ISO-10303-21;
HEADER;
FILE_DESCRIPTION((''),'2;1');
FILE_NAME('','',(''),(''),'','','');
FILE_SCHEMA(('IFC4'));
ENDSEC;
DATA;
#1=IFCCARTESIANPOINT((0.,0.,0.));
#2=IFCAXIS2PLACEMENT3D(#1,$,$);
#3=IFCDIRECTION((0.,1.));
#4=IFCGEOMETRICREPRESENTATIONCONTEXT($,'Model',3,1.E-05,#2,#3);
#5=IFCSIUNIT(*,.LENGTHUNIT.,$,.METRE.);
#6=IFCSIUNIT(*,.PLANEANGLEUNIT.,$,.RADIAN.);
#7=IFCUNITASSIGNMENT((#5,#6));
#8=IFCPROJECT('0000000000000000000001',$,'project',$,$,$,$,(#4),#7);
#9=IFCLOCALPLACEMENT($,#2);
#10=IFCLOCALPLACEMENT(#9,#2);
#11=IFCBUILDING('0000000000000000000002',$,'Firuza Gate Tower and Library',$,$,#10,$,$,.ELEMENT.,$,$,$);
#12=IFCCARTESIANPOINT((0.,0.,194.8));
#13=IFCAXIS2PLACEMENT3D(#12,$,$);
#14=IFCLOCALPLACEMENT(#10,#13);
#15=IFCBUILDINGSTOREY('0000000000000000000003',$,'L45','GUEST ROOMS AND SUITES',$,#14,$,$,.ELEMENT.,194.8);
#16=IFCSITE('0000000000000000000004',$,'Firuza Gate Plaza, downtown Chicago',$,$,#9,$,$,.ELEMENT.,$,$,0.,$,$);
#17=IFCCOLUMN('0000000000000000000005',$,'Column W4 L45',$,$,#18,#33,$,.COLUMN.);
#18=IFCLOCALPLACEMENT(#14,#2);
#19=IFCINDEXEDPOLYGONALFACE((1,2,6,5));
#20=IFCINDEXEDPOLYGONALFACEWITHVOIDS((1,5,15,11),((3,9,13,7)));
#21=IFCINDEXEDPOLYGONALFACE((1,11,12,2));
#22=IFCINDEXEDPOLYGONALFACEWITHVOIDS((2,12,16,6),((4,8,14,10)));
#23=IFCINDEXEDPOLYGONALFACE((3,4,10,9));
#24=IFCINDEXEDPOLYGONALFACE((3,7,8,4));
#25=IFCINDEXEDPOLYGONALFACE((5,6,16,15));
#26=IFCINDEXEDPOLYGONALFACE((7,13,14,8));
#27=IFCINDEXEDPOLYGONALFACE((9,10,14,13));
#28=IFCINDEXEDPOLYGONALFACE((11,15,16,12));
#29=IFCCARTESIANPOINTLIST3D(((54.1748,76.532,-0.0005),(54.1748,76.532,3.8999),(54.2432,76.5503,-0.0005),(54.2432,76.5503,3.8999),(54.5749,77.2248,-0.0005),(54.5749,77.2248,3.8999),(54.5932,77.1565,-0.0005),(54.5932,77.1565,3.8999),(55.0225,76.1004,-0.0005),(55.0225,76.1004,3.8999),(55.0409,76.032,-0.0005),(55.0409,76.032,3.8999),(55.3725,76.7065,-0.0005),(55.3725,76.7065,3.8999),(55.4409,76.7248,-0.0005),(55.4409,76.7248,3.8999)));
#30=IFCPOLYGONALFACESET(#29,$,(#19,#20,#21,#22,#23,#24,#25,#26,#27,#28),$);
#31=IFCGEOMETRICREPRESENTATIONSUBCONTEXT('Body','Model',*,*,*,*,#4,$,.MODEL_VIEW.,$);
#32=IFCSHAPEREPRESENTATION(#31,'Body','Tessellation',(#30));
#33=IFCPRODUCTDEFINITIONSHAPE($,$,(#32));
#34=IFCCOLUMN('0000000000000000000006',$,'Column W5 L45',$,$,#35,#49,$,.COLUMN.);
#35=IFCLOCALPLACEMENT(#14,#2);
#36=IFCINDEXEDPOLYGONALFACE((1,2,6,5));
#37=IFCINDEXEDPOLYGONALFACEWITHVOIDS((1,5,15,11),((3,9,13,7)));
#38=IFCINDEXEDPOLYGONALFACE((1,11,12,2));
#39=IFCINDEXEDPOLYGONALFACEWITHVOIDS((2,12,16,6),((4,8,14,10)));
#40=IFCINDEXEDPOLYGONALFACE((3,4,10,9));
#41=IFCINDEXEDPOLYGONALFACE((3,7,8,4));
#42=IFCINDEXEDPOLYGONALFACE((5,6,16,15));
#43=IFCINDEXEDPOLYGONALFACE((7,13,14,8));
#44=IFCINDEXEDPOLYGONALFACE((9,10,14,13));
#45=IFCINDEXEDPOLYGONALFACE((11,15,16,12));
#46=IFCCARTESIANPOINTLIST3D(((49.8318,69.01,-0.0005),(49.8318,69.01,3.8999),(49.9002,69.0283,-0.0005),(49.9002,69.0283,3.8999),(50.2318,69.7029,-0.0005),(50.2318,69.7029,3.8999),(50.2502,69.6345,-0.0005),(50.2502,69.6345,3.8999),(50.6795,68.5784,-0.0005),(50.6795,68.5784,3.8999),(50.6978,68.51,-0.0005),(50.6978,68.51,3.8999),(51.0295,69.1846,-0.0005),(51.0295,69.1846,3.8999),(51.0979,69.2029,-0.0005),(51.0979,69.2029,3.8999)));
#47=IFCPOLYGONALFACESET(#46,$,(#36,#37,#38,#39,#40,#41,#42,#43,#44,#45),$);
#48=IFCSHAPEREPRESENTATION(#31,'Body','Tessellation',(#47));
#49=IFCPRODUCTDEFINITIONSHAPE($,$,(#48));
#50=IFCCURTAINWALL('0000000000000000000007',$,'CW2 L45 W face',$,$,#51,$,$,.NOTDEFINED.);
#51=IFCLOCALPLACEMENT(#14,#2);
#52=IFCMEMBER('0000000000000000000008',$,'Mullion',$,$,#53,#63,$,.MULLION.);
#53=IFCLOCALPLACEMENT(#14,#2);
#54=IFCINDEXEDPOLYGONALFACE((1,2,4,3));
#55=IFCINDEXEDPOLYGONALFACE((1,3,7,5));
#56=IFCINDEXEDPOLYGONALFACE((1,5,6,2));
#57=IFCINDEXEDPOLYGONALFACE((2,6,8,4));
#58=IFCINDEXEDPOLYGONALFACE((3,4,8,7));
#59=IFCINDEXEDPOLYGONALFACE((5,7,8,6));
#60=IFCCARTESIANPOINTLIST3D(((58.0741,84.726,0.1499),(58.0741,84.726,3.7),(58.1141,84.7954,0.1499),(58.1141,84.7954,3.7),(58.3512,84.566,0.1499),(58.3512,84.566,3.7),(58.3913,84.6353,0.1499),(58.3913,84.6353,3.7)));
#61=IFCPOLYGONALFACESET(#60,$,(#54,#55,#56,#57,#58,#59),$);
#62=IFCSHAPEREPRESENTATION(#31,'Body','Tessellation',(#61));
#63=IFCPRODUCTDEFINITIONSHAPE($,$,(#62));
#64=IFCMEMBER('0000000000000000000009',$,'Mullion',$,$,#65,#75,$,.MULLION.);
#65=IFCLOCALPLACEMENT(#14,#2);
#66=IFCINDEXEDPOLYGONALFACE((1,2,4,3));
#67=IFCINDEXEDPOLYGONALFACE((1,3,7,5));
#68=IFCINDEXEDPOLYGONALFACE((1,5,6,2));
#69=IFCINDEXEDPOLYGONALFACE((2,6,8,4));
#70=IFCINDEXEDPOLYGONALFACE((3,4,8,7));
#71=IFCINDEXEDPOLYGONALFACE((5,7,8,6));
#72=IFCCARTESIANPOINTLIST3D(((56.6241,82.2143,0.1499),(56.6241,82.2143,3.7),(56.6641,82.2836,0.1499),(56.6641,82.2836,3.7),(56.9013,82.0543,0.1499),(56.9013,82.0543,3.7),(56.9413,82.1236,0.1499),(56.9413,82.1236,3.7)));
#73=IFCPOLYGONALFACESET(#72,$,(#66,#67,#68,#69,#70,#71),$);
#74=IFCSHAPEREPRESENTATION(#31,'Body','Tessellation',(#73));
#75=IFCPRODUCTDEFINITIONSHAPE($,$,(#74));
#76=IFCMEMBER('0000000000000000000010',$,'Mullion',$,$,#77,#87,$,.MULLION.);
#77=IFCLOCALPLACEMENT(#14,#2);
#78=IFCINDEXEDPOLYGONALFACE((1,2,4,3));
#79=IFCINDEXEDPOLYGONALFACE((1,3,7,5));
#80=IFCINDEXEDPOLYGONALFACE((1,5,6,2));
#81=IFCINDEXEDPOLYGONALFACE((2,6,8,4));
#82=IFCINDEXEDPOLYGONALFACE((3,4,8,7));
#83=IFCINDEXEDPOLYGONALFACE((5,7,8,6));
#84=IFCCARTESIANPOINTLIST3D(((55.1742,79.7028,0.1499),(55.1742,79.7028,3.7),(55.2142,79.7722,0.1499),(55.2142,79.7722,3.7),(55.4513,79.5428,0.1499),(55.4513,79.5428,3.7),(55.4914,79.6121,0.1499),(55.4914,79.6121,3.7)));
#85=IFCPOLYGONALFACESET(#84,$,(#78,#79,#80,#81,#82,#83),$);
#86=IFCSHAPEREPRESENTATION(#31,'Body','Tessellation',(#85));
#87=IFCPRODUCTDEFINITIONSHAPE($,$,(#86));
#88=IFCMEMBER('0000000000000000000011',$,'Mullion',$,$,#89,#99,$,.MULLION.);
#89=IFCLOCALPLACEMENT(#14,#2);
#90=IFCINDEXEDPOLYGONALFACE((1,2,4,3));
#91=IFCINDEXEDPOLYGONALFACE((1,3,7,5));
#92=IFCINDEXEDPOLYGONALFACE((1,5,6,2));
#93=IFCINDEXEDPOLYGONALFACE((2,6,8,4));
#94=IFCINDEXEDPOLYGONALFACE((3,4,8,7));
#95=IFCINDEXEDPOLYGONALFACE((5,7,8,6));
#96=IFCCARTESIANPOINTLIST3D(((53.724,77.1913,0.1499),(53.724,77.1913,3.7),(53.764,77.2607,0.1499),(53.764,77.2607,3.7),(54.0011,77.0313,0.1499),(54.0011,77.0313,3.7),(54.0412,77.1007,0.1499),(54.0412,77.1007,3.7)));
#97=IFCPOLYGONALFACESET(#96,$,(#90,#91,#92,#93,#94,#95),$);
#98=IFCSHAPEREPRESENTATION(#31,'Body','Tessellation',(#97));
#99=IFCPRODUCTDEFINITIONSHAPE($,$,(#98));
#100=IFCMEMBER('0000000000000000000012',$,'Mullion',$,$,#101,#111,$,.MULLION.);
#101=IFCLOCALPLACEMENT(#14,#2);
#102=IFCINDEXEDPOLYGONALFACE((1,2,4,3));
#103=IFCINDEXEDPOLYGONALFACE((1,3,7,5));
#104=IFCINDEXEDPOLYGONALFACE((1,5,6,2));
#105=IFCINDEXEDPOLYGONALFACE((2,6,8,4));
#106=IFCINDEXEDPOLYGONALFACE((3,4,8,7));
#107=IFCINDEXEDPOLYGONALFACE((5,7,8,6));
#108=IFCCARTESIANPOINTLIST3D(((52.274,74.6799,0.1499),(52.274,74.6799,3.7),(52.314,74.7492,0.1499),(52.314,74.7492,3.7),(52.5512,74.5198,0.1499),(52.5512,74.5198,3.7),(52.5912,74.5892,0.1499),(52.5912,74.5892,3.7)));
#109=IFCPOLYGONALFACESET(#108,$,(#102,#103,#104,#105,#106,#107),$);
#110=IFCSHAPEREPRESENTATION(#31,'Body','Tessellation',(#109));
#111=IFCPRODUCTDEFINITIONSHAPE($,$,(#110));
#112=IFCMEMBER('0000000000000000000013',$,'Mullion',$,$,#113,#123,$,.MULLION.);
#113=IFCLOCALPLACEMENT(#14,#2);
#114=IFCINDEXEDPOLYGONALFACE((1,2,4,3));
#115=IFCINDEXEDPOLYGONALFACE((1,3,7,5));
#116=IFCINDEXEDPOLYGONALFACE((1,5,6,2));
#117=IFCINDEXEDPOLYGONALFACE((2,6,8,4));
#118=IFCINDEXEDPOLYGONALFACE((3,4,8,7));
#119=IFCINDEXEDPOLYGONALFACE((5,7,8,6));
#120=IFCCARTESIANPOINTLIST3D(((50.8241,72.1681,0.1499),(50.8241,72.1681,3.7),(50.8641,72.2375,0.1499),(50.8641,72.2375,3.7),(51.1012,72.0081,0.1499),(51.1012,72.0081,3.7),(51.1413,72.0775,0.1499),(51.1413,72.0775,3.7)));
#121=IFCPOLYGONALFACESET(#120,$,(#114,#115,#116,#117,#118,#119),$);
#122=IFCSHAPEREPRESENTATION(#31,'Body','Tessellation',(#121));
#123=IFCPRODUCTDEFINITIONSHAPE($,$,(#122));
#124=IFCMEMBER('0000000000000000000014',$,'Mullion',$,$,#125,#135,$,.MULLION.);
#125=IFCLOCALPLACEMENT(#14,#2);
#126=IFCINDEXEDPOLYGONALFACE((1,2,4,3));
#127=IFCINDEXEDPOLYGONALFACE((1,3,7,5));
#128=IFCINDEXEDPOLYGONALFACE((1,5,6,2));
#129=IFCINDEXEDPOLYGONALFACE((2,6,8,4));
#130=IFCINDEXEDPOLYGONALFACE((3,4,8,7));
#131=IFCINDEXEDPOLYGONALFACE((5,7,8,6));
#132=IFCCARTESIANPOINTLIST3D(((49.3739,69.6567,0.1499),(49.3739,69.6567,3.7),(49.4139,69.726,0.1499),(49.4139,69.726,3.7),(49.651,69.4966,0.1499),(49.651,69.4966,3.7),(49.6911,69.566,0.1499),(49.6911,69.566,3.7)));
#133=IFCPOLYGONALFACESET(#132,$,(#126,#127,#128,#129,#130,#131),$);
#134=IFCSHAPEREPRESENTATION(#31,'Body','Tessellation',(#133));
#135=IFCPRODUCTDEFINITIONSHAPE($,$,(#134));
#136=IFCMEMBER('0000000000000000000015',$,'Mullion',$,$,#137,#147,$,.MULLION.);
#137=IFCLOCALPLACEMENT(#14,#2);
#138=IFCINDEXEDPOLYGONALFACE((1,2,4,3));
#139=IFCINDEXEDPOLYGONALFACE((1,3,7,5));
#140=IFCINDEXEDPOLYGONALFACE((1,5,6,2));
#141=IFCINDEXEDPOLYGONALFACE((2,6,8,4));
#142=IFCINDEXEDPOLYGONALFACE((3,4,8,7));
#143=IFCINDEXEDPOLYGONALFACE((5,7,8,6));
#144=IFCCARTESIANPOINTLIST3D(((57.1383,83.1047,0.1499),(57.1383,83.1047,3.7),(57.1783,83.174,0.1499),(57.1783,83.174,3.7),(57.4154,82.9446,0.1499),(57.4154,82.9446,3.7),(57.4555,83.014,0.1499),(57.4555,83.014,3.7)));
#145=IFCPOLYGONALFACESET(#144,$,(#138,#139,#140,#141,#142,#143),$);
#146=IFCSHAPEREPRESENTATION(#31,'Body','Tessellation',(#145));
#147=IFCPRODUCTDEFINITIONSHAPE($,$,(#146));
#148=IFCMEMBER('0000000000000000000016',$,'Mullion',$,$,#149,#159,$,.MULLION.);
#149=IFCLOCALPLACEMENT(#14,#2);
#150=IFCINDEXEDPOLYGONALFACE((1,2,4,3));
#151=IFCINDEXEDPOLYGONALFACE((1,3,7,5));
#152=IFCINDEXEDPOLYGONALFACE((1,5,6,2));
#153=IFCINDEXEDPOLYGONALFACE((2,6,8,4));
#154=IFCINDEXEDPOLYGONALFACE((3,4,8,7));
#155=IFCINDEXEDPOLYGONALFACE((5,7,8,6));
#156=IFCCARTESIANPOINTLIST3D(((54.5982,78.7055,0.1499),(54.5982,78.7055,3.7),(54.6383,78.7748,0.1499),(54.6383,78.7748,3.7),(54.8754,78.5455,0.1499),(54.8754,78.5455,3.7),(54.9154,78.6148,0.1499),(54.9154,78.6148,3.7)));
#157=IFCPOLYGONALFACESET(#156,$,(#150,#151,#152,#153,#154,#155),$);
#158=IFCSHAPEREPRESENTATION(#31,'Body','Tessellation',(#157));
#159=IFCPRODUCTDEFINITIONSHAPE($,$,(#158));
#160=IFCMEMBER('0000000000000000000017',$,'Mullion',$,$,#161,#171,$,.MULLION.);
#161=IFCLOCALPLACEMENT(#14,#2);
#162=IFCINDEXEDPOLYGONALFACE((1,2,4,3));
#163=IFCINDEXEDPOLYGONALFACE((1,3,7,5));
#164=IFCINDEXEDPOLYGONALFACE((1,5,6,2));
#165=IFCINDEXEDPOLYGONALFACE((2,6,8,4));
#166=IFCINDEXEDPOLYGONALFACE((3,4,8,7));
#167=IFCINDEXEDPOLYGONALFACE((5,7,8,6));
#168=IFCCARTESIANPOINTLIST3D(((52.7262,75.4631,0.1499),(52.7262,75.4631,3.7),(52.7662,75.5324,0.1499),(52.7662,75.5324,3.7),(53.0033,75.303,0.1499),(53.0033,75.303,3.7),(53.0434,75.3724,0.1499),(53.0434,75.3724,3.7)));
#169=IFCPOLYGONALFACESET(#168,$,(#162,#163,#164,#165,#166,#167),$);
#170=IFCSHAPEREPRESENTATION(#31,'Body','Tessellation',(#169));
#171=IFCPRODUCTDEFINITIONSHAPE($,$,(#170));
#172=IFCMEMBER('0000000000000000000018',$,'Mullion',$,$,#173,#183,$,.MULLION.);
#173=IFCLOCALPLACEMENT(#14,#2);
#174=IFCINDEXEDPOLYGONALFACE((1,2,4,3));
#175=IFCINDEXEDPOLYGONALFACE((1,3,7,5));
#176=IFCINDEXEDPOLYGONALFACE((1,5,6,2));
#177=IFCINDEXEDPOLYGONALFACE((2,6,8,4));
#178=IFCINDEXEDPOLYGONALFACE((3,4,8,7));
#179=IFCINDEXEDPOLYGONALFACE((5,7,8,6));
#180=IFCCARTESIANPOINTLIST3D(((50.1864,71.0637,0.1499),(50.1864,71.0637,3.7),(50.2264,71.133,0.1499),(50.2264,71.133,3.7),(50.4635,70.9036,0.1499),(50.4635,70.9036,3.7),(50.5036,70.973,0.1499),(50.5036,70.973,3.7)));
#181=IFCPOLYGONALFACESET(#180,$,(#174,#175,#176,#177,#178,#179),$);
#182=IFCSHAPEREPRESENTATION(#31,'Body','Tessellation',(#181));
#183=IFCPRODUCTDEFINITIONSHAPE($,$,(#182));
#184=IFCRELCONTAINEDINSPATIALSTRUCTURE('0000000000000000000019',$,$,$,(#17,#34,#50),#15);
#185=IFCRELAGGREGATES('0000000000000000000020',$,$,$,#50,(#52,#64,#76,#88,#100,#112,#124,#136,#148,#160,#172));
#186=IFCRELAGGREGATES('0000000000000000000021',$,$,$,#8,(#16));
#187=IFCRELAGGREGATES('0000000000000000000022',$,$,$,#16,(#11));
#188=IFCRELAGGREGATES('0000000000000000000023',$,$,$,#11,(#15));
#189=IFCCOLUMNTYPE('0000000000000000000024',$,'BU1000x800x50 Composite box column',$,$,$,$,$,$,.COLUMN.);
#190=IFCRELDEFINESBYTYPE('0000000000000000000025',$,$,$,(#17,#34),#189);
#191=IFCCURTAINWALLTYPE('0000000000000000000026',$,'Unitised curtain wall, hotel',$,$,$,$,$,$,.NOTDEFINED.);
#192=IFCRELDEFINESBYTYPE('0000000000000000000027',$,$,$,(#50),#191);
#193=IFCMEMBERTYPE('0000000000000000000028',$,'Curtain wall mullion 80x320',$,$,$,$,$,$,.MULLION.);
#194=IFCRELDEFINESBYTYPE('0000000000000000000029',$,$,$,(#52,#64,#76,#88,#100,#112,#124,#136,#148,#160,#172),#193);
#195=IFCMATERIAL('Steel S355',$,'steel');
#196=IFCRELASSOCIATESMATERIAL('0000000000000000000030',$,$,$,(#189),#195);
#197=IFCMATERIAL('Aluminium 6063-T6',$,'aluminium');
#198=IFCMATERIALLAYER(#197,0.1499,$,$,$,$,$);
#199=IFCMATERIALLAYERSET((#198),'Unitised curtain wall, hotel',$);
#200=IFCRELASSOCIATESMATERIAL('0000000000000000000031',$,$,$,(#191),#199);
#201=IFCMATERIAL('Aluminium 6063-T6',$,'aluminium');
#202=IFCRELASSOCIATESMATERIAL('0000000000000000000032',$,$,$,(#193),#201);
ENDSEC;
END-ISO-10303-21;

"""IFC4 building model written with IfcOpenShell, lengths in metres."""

from ifc_helpers import new_model, si_unit, direction, frame, origin, origin_2d, place, context, subcontext, project, spatial, rectangle, hollow_rectangle, extrude, material, layer, layer_set, material_profile, profile_set, type_object, element, aggregate, save


model = new_model("IFC4")

# Units and contexts
model_context = context("Model", 3, precision=1e-05, world=origin(), true_north=direction((0.0, 1.0)))
body_context = subcontext(model_context, "Body", "Model", "MODEL_VIEW")
ifc_project = project(units=[si_unit("LENGTHUNIT", "METRE"), si_unit("PLANEANGLEUNIT", "RADIAN")], contexts=[model_context])

# Site, building, storey
site_placement = place(None, origin())
site = spatial("IfcSite", under=ifc_project, at=site_placement, Name="Firuza Gate Plaza, downtown Chicago", CompositionType="ELEMENT", RefElevation=0.0)
building_placement = place(site_placement, origin())
building = spatial("IfcBuilding", under=site, at=building_placement, Name="Firuza Gate Tower and Library", CompositionType="ELEMENT")
storey_placement = place(building_placement, frame((0.0, 0.0, 194.8)))
storey = spatial("IfcBuildingStorey", under=building, at=storey_placement, Name="L45", Description="GUEST ROOMS AND SUITES", CompositionType="ELEMENT", Elevation=194.8)

# Columns
ifc_material_1 = material(Name="Steel S355", Category="steel")
ifc_material_profile_1 = material_profile(ifc_material_1, hollow_rectangle(XDim=0.8, YDim=1.0, WallThickness=0.05, at=origin_2d()))
ifc_profile_set_1 = profile_set([ifc_material_profile_1], Name="Steel S355")
column_type = type_object("IfcColumnType", Name="BU1000x800x50 Composite box column", PredefinedType="COLUMN", material=ifc_profile_set_1)
for number, where, z_axis, x_axis, name in (
    (1, (54.8079, 76.6284, -0.0005), (0.0, 0.0, 1.0), (-0.5, -0.866025, 0.0), "Column W4 L45"),
    (2, (50.4648, 69.1064, -0.0005), (0.0, 0.0, 1.0), (-0.5, -0.866025, 0.0), "Column W5 L45"),
):
    element("IfcColumn", number, at=place(storey_placement, frame(where, z_axis=z_axis, x_axis=x_axis)), inside=storey, type_object=column_type, Name=name, PredefinedType="COLUMN", context=body_context, shape_type="SweptSolid", body=[
        extrude(hollow_rectangle(XDim=0.8, YDim=1.0, WallThickness=0.05, at=origin_2d()), origin(), (0.0, 0.0, 1.0), 3.9004),
    ])

# Curtain wall, members
ifc_material_2 = material(Name="Aluminium 6063-T6", Category="aluminium")
ifc_layer_1 = layer(ifc_material_2, 0.1499)
ifc_layer_set_1 = layer_set([ifc_layer_1], Name="Unitised curtain wall, hotel")
curtain_wall_type = type_object("IfcCurtainWallType", Name="Unitised curtain wall, hotel", PredefinedType="NOTDEFINED", material=ifc_layer_set_1)
curtain_wall_placement = place(storey_placement, origin())
curtain_wall = element("IfcCurtainWall", 3, at=curtain_wall_placement, inside=storey, type_object=curtain_wall_type, Name="CW2 L45 W face", PredefinedType="NOTDEFINED")
ifc_material_3 = material(Name="Aluminium 6063-T6", Category="aluminium")
ifc_material_profile_2 = material_profile(ifc_material_3, rectangle(XDim=0.3201, YDim=0.0801, at=origin_2d()))
ifc_profile_set_2 = profile_set([ifc_material_profile_2], Name="Aluminium 6063-T6")
member_type = type_object("IfcMemberType", Name="Curtain wall mullion 80x320", PredefinedType="MULLION", material=ifc_profile_set_2)
member_1_placement = place(storey_placement, frame((58.2327, 84.6807, 0.1499), z_axis=(0.0, 0.0, 1.0), x_axis=(0.866025, -0.5, 0.0)))
member_1 = element("IfcMember", 4, at=member_1_placement, type_object=member_type, Name="Mullion", PredefinedType="MULLION", context=body_context, shape_type="SweptSolid", body=[
    extrude(rectangle(XDim=0.3201, YDim=0.0801, at=origin_2d()), origin(), (0.0, 0.0, 1.0), 3.55),
])
member_2_placement = place(storey_placement, frame((56.7827, 82.1689, 0.1499), z_axis=(0.0, 0.0, 1.0), x_axis=(0.866025, -0.5, 0.0)))
member_2 = element("IfcMember", 5, at=member_2_placement, type_object=member_type, Name="Mullion", PredefinedType="MULLION", context=body_context, shape_type="SweptSolid", body=[
    extrude(rectangle(XDim=0.3201, YDim=0.0801, at=origin_2d()), origin(), (0.0, 0.0, 1.0), 3.55),
])
member_3_placement = place(storey_placement, frame((55.3328, 79.6575, 0.1499), z_axis=(0.0, 0.0, 1.0), x_axis=(0.866025, -0.5, 0.0)))
member_3 = element("IfcMember", 6, at=member_3_placement, type_object=member_type, Name="Mullion", PredefinedType="MULLION", context=body_context, shape_type="SweptSolid", body=[
    extrude(rectangle(XDim=0.3201, YDim=0.0801, at=origin_2d()), origin(), (0.0, 0.0, 1.0), 3.55),
])
member_4_placement = place(storey_placement, frame((53.8826, 77.146, 0.1499), z_axis=(0.0, 0.0, 1.0), x_axis=(0.866025, -0.5, 0.0)))
member_4 = element("IfcMember", 7, at=member_4_placement, type_object=member_type, Name="Mullion", PredefinedType="MULLION", context=body_context, shape_type="SweptSolid", body=[
    extrude(rectangle(XDim=0.3201, YDim=0.0801, at=origin_2d()), origin(), (0.0, 0.0, 1.0), 3.55),
])
member_5_placement = place(storey_placement, frame((52.4326, 74.6345, 0.1499), z_axis=(0.0, 0.0, 1.0), x_axis=(0.866025, -0.5, 0.0)))
member_5 = element("IfcMember", 8, at=member_5_placement, type_object=member_type, Name="Mullion", PredefinedType="MULLION", context=body_context, shape_type="SweptSolid", body=[
    extrude(rectangle(XDim=0.3201, YDim=0.0801, at=origin_2d()), origin(), (0.0, 0.0, 1.0), 3.55),
])
member_6_placement = place(storey_placement, frame((50.9827, 72.1228, 0.1499), z_axis=(0.0, 0.0, 1.0), x_axis=(0.866025, -0.5, 0.0)))
member_6 = element("IfcMember", 9, at=member_6_placement, type_object=member_type, Name="Mullion", PredefinedType="MULLION", context=body_context, shape_type="SweptSolid", body=[
    extrude(rectangle(XDim=0.3201, YDim=0.0801, at=origin_2d()), origin(), (0.0, 0.0, 1.0), 3.55),
])
member_7_placement = place(storey_placement, frame((49.5325, 69.6113, 0.1499), z_axis=(0.0, 0.0, 1.0), x_axis=(0.866025, -0.5, 0.0)))
member_7 = element("IfcMember", 10, at=member_7_placement, type_object=member_type, Name="Mullion", PredefinedType="MULLION", context=body_context, shape_type="SweptSolid", body=[
    extrude(rectangle(XDim=0.3201, YDim=0.0801, at=origin_2d()), origin(), (0.0, 0.0, 1.0), 3.55),
])
member_8_placement = place(storey_placement, frame((57.2969, 83.0593, 0.1499), z_axis=(0.0, 0.0, 1.0), x_axis=(0.866025, -0.5, 0.0)))
member_8 = element("IfcMember", 11, at=member_8_placement, type_object=member_type, Name="Mullion", PredefinedType="MULLION", context=body_context, shape_type="SweptSolid", body=[
    extrude(rectangle(XDim=0.3201, YDim=0.0801, at=origin_2d()), origin(), (0.0, 0.0, 1.0), 3.55),
])
member_9_placement = place(storey_placement, frame((54.7568, 78.6602, 0.1499), z_axis=(0.0, 0.0, 1.0), x_axis=(0.866025, -0.5, 0.0)))
member_9 = element("IfcMember", 12, at=member_9_placement, type_object=member_type, Name="Mullion", PredefinedType="MULLION", context=body_context, shape_type="SweptSolid", body=[
    extrude(rectangle(XDim=0.3201, YDim=0.0801, at=origin_2d()), origin(), (0.0, 0.0, 1.0), 3.55),
])
member_10_placement = place(storey_placement, frame((52.8848, 75.4177, 0.1499), z_axis=(0.0, 0.0, 1.0), x_axis=(0.866025, -0.5, 0.0)))
member_10 = element("IfcMember", 13, at=member_10_placement, type_object=member_type, Name="Mullion", PredefinedType="MULLION", context=body_context, shape_type="SweptSolid", body=[
    extrude(rectangle(XDim=0.3201, YDim=0.0801, at=origin_2d()), origin(), (0.0, 0.0, 1.0), 3.55),
])
member_11_placement = place(storey_placement, frame((50.345, 71.0183, 0.1499), z_axis=(0.0, 0.0, 1.0), x_axis=(0.866025, -0.5, 0.0)))
member_11 = element("IfcMember", 14, at=member_11_placement, type_object=member_type, Name="Mullion", PredefinedType="MULLION", context=body_context, shape_type="SweptSolid", body=[
    extrude(rectangle(XDim=0.3201, YDim=0.0801, at=origin_2d()), origin(), (0.0, 0.0, 1.0), 3.55),
])

aggregate(curtain_wall, [member_1, member_2, member_3, member_4, member_5, member_6, member_7, member_8, member_9, member_10, member_11])

save(model, "model.ifc")
